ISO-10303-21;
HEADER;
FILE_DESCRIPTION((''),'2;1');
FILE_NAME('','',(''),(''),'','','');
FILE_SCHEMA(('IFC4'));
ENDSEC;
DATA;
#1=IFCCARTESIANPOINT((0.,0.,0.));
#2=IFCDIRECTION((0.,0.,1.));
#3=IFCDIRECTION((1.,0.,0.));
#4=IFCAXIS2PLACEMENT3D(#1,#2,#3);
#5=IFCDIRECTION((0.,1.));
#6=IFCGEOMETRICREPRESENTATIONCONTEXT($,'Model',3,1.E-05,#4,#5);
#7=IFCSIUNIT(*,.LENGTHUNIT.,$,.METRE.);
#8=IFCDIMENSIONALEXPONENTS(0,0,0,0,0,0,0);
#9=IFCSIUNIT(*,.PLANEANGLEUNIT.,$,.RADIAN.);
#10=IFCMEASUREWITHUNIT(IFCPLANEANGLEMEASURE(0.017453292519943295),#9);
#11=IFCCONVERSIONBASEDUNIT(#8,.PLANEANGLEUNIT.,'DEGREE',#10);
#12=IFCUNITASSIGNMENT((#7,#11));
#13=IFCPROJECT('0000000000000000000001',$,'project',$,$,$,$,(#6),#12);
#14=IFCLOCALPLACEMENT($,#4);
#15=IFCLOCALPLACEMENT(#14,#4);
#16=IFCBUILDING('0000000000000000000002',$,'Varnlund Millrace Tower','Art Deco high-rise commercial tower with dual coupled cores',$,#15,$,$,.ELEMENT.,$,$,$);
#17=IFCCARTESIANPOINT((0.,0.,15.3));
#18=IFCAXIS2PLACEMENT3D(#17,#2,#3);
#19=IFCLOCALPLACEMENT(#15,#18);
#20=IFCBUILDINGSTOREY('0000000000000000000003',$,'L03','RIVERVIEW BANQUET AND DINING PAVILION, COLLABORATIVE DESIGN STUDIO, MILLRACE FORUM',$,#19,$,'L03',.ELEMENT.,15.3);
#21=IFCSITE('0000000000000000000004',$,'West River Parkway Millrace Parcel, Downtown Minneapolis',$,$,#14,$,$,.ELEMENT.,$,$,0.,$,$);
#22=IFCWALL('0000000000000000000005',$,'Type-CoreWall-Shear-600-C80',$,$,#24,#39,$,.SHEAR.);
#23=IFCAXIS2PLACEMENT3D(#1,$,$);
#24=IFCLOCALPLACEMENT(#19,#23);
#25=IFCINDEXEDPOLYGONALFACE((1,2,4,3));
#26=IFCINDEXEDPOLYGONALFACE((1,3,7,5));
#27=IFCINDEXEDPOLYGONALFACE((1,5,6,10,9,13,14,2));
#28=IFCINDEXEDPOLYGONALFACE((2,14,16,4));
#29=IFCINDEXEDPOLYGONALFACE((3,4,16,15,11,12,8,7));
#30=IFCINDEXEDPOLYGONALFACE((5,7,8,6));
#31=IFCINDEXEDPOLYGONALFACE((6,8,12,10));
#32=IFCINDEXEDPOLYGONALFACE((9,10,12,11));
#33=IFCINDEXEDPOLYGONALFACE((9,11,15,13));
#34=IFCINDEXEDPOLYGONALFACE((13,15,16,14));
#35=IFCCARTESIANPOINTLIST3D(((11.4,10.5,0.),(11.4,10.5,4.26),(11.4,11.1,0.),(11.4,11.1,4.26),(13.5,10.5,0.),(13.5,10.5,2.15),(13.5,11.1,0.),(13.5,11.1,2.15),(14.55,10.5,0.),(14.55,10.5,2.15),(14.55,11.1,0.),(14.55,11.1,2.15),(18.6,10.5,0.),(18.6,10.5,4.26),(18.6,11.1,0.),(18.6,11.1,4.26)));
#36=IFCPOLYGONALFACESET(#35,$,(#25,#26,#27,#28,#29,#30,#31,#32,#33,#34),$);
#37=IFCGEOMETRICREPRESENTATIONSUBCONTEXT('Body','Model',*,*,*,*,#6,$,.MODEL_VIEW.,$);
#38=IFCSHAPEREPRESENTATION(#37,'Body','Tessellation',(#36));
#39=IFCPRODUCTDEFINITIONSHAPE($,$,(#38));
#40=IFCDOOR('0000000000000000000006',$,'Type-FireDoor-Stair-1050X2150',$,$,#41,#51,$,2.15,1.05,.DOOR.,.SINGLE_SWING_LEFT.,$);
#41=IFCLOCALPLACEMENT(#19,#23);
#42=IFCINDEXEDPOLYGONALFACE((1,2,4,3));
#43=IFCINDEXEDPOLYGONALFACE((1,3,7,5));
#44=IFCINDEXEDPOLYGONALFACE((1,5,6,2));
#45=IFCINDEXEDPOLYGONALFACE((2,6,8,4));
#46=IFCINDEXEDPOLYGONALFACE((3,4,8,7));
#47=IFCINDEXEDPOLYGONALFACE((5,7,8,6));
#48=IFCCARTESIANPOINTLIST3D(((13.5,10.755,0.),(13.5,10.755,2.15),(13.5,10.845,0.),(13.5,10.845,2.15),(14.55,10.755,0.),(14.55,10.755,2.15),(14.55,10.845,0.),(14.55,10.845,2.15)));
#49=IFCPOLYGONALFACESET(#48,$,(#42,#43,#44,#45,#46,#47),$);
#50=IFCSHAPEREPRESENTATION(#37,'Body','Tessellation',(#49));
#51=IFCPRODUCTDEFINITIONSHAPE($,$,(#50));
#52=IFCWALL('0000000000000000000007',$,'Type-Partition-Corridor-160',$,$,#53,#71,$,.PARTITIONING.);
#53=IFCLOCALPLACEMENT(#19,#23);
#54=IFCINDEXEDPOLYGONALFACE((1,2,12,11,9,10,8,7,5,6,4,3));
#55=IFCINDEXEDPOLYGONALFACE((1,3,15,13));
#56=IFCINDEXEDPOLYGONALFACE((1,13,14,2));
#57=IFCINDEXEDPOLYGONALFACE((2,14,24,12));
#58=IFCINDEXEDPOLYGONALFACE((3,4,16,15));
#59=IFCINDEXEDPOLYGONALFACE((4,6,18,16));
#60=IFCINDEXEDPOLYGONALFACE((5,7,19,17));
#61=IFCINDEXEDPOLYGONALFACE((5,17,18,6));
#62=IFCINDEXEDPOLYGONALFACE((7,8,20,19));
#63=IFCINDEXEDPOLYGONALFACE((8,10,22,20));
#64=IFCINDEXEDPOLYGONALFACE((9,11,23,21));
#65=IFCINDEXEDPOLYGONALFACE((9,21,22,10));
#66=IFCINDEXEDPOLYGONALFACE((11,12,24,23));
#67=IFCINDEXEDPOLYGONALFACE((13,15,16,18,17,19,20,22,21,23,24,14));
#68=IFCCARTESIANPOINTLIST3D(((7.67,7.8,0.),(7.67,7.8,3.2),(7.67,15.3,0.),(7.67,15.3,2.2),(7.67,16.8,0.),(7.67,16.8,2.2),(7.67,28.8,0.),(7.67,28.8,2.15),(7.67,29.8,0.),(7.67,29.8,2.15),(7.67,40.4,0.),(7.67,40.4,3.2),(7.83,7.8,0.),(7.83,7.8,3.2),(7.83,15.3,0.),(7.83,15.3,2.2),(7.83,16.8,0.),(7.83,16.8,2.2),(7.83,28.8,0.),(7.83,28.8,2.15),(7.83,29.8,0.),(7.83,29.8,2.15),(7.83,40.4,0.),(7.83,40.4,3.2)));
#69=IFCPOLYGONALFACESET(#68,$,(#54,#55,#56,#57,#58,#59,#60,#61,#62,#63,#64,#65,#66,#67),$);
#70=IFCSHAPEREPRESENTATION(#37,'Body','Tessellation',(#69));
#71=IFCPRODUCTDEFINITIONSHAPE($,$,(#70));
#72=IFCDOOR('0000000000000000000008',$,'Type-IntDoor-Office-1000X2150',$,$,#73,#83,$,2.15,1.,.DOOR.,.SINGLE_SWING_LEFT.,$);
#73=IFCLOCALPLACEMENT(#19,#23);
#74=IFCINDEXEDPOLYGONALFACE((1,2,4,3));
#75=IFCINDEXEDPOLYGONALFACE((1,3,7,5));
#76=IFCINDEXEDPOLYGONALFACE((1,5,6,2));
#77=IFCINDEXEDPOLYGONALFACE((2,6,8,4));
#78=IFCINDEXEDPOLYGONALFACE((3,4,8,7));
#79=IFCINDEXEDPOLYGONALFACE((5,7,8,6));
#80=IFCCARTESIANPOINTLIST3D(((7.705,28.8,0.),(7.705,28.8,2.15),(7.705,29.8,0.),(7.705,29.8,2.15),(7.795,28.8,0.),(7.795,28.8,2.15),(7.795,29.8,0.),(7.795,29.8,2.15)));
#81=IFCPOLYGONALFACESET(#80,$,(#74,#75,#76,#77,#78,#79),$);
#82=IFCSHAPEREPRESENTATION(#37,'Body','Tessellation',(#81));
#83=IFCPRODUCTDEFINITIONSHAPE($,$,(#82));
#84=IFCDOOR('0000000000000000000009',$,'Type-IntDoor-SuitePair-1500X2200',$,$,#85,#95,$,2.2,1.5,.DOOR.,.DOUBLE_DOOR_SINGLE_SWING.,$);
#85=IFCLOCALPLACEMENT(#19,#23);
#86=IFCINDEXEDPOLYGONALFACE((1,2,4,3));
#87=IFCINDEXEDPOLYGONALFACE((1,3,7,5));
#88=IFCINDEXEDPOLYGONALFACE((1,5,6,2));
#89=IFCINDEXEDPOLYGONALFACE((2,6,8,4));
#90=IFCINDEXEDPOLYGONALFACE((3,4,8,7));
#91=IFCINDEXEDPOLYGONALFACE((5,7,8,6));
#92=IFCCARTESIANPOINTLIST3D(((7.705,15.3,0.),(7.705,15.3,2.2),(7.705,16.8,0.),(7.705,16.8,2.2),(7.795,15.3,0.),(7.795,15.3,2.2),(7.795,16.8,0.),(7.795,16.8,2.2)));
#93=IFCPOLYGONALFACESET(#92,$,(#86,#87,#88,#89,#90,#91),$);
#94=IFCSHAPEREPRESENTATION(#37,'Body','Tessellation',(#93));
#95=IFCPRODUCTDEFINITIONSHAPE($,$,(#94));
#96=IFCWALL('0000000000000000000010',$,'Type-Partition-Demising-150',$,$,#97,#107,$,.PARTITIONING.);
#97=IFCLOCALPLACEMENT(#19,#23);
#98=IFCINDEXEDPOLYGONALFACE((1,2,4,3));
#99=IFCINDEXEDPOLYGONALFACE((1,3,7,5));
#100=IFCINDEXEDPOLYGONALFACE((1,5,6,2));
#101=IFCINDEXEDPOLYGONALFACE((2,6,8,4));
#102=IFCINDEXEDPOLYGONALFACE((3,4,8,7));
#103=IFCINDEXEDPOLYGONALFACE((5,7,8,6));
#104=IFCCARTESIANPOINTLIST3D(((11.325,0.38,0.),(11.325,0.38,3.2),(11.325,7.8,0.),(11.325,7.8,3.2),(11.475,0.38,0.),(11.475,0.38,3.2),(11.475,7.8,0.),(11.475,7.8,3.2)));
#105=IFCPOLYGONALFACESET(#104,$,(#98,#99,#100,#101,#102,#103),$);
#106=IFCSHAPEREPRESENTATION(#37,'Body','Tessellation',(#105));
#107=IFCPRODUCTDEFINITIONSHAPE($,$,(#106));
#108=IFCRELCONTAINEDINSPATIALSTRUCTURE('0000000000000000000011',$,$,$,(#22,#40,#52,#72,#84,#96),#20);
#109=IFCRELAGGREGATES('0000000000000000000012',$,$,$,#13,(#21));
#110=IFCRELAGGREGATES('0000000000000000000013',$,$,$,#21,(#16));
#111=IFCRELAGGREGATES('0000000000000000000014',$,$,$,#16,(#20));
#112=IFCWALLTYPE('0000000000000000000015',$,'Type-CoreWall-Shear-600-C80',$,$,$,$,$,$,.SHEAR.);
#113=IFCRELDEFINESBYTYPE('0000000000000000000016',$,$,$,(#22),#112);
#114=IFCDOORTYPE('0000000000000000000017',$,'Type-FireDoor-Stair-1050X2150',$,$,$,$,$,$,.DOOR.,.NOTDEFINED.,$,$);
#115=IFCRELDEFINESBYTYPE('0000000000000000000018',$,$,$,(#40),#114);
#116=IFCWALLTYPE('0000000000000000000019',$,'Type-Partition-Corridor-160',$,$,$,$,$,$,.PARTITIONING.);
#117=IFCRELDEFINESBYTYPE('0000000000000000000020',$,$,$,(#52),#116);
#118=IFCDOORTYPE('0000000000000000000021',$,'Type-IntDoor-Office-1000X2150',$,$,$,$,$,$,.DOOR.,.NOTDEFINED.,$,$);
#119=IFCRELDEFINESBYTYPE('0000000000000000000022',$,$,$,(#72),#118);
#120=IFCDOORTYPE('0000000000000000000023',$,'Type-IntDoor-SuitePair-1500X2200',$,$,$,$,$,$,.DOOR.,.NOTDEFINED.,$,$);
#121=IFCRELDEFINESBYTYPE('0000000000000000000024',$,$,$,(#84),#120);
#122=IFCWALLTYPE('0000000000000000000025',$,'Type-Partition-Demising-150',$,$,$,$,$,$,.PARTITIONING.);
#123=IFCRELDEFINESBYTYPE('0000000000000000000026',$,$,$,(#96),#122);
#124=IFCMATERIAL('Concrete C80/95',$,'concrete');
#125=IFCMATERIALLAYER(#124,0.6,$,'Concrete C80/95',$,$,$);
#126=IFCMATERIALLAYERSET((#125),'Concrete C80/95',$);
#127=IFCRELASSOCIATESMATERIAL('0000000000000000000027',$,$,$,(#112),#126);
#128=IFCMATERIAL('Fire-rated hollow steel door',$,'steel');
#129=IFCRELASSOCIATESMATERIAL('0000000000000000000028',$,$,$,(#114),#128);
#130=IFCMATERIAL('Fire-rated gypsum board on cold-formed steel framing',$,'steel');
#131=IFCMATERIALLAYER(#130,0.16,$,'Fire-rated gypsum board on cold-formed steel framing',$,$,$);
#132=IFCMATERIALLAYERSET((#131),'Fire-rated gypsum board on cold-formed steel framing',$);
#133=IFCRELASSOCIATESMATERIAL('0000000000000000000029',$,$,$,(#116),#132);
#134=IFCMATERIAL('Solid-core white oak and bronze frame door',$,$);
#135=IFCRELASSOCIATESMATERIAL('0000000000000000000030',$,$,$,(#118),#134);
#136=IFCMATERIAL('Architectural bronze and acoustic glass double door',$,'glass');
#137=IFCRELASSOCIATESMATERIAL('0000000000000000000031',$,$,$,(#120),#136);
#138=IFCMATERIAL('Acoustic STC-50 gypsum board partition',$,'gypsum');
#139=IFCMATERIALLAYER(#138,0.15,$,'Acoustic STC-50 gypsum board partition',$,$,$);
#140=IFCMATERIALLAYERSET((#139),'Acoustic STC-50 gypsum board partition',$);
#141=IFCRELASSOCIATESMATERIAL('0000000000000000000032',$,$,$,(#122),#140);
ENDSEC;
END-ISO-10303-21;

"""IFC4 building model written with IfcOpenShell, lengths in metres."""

from ifc_helpers import new_model, entity, si_unit, converted_unit, direction, frame, origin_with_axes, origin_2d_with_axis, place, context, subcontext, project, spatial, polyline, rectangle, outline, extrude, material, layer, layer_set, type_object, element, fill, save


model = new_model("IFC4")

# Units and contexts
model_context = context("Model", 3, precision=1e-05, world=origin_with_axes(), true_north=direction((0.0, 1.0)))
body_context = subcontext(model_context, "Body", "Model", "MODEL_VIEW")
ifc_project = project(units=[si_unit("LENGTHUNIT", "METRE"), converted_unit("PLANEANGLEUNIT", "DEGREE", entity("IfcPlaneAngleMeasure", 0.017453292519943295), si_unit("PLANEANGLEUNIT", "RADIAN"), dimensions=[0, 0, 0, 0, 0, 0, 0])], contexts=[model_context])

# Site, building, storey
site_placement = place(None, origin_with_axes())
site = spatial("IfcSite", under=ifc_project, at=site_placement, Name="West River Parkway Millrace Parcel, Downtown Minneapolis", CompositionType="ELEMENT", RefElevation=0.0)
building_placement = place(site_placement, origin_with_axes())
building = spatial("IfcBuilding", under=site, at=building_placement, Name="Varnlund Millrace Tower", Description="Art Deco high-rise commercial tower with dual coupled cores", CompositionType="ELEMENT")
storey_placement = place(building_placement, frame((0.0, 0.0, 15.3), z_axis=(0.0, 0.0, 1.0), x_axis=(1.0, 0.0, 0.0)))
storey = spatial("IfcBuildingStorey", under=building, at=storey_placement, Name="L03", Description="RIVERVIEW BANQUET AND DINING PAVILION, COLLABORATIVE DESIGN STUDIO, MILLRACE FORUM", LongName="L03", CompositionType="ELEMENT", Elevation=15.3)

# Shared definitions
ifc_material_1 = material(Name="Concrete C80/95", Category="concrete")

# Shared definitions
ifc_layer_1 = layer(ifc_material_1, 0.6, Name="Concrete C80/95")
ifc_layer_set_1 = layer_set([ifc_layer_1], Name="Concrete C80/95")
wall_type_1 = type_object("IfcWallType", Name="Type-CoreWall-Shear-600-C80", PredefinedType="SHEAR", material=ifc_layer_set_1)

# Wall, opening, door
wall_1_placement = place(storey_placement, frame((11.4, 10.8, 0.0), z_axis=(0.0, 0.0, 1.0), x_axis=(1.0, 0.0, 0.0)))
wall_1 = element("IfcWall", 1, at=wall_1_placement, inside=storey, type_object=wall_type_1, Name="Type-CoreWall-Shear-600-C80", PredefinedType="SHEAR", context=body_context, shape_type="SweptSolid", body=[
    extrude(outline(polyline([(0.0, -0.3), (7.2, -0.3), (7.2, 0.3), (0.0, 0.3), (0.0, -0.3)])), origin_with_axes(), (0.0, 0.0, 1.0), 4.26),
])
opening_1_placement = place(wall_1_placement, frame((2.625, 0.0, 0.0), z_axis=(0.0, 0.0, 1.0), x_axis=(1.0, 0.0, 0.0)))
opening_1 = element("IfcOpeningElement", 2, at=opening_1_placement, cuts=wall_1, PredefinedType="OPENING", context=body_context, shape_type="SweptSolid", body=[
    extrude(rectangle(XDim=1.05, YDim=0.62, at=origin_2d_with_axis()), origin_with_axes(), (0.0, 0.0, 1.0), 2.15),
])
ifc_material_2 = material(Name="Fire-rated hollow steel door", Category="steel")
door_type_1 = type_object("IfcDoorType", Name="Type-FireDoor-Stair-1050X2150", OperationType="NOTDEFINED", PredefinedType="DOOR", material=ifc_material_2)
door_1_placement = place(wall_1_placement, frame((2.625, 0.0, 0.0), z_axis=(0.0, 0.0, 1.0), x_axis=(1.0, 0.0, 0.0)))
door_1 = element("IfcDoor", 3, at=door_1_placement, inside=storey, type_object=door_type_1, Name="Type-FireDoor-Stair-1050X2150", OperationType="SINGLE_SWING_LEFT", OverallHeight=2.15, OverallWidth=1.05, PredefinedType="DOOR", context=body_context, shape_type="SweptSolid", body=[
    extrude(rectangle(XDim=1.05, YDim=0.09, at=origin_2d_with_axis()), origin_with_axes(), (0.0, 0.0, 1.0), 2.15),
])
fill(opening_1, door_1)

# Wall, openings, doors
ifc_material_3 = material(Name="Fire-rated gypsum board on cold-formed steel framing", Category="steel")
ifc_layer_2 = layer(ifc_material_3, 0.16, Name="Fire-rated gypsum board on cold-formed steel framing")
ifc_layer_set_2 = layer_set([ifc_layer_2], Name="Fire-rated gypsum board on cold-formed steel framing")
wall_type_2 = type_object("IfcWallType", Name="Type-Partition-Corridor-160", PredefinedType="PARTITIONING", material=ifc_layer_set_2)
wall_2_placement = place(storey_placement, frame((7.75, 7.8, 0.0), z_axis=(0.0, 0.0, 1.0), x_axis=(0.0, 1.0, 0.0)))
wall_2 = element("IfcWall", 4, at=wall_2_placement, inside=storey, type_object=wall_type_2, Name="Type-Partition-Corridor-160", PredefinedType="PARTITIONING", context=body_context, shape_type="SweptSolid", body=[
    extrude(outline(polyline([(0.0, -0.08), (32.6, -0.08), (32.6, 0.08), (0.0, 0.08), (0.0, -0.08)])), origin_with_axes(), (0.0, 0.0, 1.0), 3.2),
])
opening_2_placement = place(wall_2_placement, frame((8.25, 0.0, 0.0), z_axis=(0.0, 0.0, 1.0), x_axis=(1.0, 0.0, 0.0)))
opening_2 = element("IfcOpeningElement", 5, at=opening_2_placement, cuts=wall_2, PredefinedType="OPENING", context=body_context, shape_type="SweptSolid", body=[
    extrude(rectangle(XDim=1.5, YDim=0.18, at=origin_2d_with_axis()), origin_with_axes(), (0.0, 0.0, 1.0), 2.2),
])
opening_3_placement = place(wall_2_placement, frame((21.5, 0.0, 0.0), z_axis=(0.0, 0.0, 1.0), x_axis=(1.0, 0.0, 0.0)))
opening_3 = element("IfcOpeningElement", 6, at=opening_3_placement, cuts=wall_2, PredefinedType="OPENING", context=body_context, shape_type="SweptSolid", body=[
    extrude(rectangle(XDim=1.0, YDim=0.18, at=origin_2d_with_axis()), origin_with_axes(), (0.0, 0.0, 1.0), 2.15),
])
ifc_material_4 = material(Name="Solid-core white oak and bronze frame door")
door_type_2 = type_object("IfcDoorType", Name="Type-IntDoor-Office-1000X2150", OperationType="NOTDEFINED", PredefinedType="DOOR", material=ifc_material_4)
door_2_placement = place(wall_2_placement, frame((21.5, 0.0, 0.0), z_axis=(0.0, 0.0, 1.0), x_axis=(1.0, 0.0, 0.0)))
door_2 = element("IfcDoor", 7, at=door_2_placement, inside=storey, type_object=door_type_2, Name="Type-IntDoor-Office-1000X2150", OperationType="SINGLE_SWING_LEFT", OverallHeight=2.15, OverallWidth=1.0, PredefinedType="DOOR", context=body_context, shape_type="SweptSolid", body=[
    extrude(rectangle(XDim=1.0, YDim=0.09, at=origin_2d_with_axis()), origin_with_axes(), (0.0, 0.0, 1.0), 2.15),
])
fill(opening_3, door_2)
ifc_material_5 = material(Name="Architectural bronze and acoustic glass double door", Category="glass")
door_type_3 = type_object("IfcDoorType", Name="Type-IntDoor-SuitePair-1500X2200", OperationType="NOTDEFINED", PredefinedType="DOOR", material=ifc_material_5)
door_3_placement = place(wall_2_placement, frame((8.25, 0.0, 0.0), z_axis=(0.0, 0.0, 1.0), x_axis=(1.0, 0.0, 0.0)))
door_3 = element("IfcDoor", 8, at=door_3_placement, inside=storey, type_object=door_type_3, Name="Type-IntDoor-SuitePair-1500X2200", OperationType="DOUBLE_DOOR_SINGLE_SWING", OverallHeight=2.2, OverallWidth=1.5, PredefinedType="DOOR", context=body_context, shape_type="SweptSolid", body=[
    extrude(rectangle(XDim=1.5, YDim=0.09, at=origin_2d_with_axis()), origin_with_axes(), (0.0, 0.0, 1.0), 2.2),
])
fill(opening_2, door_3)

# Wall
ifc_material_6 = material(Name="Acoustic STC-50 gypsum board partition", Category="gypsum")
ifc_layer_3 = layer(ifc_material_6, 0.15, Name="Acoustic STC-50 gypsum board partition")
ifc_layer_set_3 = layer_set([ifc_layer_3], Name="Acoustic STC-50 gypsum board partition")
wall_type_3 = type_object("IfcWallType", Name="Type-Partition-Demising-150", PredefinedType="PARTITIONING", material=ifc_layer_set_3)
wall_3_placement = place(storey_placement, frame((11.4, 0.38, 0.0), z_axis=(0.0, 0.0, 1.0), x_axis=(0.0, 1.0, 0.0)))
element("IfcWall", 9, at=wall_3_placement, inside=storey, type_object=wall_type_3, Name="Type-Partition-Demising-150", PredefinedType="PARTITIONING", context=body_context, shape_type="SweptSolid", body=[
    extrude(outline(polyline([(0.0, -0.075), (7.42, -0.075), (7.42, 0.075), (0.0, 0.075), (0.0, -0.075)])), origin_with_axes(), (0.0, 0.0, 1.0), 3.2),
])

save(model, "model.ifc")
